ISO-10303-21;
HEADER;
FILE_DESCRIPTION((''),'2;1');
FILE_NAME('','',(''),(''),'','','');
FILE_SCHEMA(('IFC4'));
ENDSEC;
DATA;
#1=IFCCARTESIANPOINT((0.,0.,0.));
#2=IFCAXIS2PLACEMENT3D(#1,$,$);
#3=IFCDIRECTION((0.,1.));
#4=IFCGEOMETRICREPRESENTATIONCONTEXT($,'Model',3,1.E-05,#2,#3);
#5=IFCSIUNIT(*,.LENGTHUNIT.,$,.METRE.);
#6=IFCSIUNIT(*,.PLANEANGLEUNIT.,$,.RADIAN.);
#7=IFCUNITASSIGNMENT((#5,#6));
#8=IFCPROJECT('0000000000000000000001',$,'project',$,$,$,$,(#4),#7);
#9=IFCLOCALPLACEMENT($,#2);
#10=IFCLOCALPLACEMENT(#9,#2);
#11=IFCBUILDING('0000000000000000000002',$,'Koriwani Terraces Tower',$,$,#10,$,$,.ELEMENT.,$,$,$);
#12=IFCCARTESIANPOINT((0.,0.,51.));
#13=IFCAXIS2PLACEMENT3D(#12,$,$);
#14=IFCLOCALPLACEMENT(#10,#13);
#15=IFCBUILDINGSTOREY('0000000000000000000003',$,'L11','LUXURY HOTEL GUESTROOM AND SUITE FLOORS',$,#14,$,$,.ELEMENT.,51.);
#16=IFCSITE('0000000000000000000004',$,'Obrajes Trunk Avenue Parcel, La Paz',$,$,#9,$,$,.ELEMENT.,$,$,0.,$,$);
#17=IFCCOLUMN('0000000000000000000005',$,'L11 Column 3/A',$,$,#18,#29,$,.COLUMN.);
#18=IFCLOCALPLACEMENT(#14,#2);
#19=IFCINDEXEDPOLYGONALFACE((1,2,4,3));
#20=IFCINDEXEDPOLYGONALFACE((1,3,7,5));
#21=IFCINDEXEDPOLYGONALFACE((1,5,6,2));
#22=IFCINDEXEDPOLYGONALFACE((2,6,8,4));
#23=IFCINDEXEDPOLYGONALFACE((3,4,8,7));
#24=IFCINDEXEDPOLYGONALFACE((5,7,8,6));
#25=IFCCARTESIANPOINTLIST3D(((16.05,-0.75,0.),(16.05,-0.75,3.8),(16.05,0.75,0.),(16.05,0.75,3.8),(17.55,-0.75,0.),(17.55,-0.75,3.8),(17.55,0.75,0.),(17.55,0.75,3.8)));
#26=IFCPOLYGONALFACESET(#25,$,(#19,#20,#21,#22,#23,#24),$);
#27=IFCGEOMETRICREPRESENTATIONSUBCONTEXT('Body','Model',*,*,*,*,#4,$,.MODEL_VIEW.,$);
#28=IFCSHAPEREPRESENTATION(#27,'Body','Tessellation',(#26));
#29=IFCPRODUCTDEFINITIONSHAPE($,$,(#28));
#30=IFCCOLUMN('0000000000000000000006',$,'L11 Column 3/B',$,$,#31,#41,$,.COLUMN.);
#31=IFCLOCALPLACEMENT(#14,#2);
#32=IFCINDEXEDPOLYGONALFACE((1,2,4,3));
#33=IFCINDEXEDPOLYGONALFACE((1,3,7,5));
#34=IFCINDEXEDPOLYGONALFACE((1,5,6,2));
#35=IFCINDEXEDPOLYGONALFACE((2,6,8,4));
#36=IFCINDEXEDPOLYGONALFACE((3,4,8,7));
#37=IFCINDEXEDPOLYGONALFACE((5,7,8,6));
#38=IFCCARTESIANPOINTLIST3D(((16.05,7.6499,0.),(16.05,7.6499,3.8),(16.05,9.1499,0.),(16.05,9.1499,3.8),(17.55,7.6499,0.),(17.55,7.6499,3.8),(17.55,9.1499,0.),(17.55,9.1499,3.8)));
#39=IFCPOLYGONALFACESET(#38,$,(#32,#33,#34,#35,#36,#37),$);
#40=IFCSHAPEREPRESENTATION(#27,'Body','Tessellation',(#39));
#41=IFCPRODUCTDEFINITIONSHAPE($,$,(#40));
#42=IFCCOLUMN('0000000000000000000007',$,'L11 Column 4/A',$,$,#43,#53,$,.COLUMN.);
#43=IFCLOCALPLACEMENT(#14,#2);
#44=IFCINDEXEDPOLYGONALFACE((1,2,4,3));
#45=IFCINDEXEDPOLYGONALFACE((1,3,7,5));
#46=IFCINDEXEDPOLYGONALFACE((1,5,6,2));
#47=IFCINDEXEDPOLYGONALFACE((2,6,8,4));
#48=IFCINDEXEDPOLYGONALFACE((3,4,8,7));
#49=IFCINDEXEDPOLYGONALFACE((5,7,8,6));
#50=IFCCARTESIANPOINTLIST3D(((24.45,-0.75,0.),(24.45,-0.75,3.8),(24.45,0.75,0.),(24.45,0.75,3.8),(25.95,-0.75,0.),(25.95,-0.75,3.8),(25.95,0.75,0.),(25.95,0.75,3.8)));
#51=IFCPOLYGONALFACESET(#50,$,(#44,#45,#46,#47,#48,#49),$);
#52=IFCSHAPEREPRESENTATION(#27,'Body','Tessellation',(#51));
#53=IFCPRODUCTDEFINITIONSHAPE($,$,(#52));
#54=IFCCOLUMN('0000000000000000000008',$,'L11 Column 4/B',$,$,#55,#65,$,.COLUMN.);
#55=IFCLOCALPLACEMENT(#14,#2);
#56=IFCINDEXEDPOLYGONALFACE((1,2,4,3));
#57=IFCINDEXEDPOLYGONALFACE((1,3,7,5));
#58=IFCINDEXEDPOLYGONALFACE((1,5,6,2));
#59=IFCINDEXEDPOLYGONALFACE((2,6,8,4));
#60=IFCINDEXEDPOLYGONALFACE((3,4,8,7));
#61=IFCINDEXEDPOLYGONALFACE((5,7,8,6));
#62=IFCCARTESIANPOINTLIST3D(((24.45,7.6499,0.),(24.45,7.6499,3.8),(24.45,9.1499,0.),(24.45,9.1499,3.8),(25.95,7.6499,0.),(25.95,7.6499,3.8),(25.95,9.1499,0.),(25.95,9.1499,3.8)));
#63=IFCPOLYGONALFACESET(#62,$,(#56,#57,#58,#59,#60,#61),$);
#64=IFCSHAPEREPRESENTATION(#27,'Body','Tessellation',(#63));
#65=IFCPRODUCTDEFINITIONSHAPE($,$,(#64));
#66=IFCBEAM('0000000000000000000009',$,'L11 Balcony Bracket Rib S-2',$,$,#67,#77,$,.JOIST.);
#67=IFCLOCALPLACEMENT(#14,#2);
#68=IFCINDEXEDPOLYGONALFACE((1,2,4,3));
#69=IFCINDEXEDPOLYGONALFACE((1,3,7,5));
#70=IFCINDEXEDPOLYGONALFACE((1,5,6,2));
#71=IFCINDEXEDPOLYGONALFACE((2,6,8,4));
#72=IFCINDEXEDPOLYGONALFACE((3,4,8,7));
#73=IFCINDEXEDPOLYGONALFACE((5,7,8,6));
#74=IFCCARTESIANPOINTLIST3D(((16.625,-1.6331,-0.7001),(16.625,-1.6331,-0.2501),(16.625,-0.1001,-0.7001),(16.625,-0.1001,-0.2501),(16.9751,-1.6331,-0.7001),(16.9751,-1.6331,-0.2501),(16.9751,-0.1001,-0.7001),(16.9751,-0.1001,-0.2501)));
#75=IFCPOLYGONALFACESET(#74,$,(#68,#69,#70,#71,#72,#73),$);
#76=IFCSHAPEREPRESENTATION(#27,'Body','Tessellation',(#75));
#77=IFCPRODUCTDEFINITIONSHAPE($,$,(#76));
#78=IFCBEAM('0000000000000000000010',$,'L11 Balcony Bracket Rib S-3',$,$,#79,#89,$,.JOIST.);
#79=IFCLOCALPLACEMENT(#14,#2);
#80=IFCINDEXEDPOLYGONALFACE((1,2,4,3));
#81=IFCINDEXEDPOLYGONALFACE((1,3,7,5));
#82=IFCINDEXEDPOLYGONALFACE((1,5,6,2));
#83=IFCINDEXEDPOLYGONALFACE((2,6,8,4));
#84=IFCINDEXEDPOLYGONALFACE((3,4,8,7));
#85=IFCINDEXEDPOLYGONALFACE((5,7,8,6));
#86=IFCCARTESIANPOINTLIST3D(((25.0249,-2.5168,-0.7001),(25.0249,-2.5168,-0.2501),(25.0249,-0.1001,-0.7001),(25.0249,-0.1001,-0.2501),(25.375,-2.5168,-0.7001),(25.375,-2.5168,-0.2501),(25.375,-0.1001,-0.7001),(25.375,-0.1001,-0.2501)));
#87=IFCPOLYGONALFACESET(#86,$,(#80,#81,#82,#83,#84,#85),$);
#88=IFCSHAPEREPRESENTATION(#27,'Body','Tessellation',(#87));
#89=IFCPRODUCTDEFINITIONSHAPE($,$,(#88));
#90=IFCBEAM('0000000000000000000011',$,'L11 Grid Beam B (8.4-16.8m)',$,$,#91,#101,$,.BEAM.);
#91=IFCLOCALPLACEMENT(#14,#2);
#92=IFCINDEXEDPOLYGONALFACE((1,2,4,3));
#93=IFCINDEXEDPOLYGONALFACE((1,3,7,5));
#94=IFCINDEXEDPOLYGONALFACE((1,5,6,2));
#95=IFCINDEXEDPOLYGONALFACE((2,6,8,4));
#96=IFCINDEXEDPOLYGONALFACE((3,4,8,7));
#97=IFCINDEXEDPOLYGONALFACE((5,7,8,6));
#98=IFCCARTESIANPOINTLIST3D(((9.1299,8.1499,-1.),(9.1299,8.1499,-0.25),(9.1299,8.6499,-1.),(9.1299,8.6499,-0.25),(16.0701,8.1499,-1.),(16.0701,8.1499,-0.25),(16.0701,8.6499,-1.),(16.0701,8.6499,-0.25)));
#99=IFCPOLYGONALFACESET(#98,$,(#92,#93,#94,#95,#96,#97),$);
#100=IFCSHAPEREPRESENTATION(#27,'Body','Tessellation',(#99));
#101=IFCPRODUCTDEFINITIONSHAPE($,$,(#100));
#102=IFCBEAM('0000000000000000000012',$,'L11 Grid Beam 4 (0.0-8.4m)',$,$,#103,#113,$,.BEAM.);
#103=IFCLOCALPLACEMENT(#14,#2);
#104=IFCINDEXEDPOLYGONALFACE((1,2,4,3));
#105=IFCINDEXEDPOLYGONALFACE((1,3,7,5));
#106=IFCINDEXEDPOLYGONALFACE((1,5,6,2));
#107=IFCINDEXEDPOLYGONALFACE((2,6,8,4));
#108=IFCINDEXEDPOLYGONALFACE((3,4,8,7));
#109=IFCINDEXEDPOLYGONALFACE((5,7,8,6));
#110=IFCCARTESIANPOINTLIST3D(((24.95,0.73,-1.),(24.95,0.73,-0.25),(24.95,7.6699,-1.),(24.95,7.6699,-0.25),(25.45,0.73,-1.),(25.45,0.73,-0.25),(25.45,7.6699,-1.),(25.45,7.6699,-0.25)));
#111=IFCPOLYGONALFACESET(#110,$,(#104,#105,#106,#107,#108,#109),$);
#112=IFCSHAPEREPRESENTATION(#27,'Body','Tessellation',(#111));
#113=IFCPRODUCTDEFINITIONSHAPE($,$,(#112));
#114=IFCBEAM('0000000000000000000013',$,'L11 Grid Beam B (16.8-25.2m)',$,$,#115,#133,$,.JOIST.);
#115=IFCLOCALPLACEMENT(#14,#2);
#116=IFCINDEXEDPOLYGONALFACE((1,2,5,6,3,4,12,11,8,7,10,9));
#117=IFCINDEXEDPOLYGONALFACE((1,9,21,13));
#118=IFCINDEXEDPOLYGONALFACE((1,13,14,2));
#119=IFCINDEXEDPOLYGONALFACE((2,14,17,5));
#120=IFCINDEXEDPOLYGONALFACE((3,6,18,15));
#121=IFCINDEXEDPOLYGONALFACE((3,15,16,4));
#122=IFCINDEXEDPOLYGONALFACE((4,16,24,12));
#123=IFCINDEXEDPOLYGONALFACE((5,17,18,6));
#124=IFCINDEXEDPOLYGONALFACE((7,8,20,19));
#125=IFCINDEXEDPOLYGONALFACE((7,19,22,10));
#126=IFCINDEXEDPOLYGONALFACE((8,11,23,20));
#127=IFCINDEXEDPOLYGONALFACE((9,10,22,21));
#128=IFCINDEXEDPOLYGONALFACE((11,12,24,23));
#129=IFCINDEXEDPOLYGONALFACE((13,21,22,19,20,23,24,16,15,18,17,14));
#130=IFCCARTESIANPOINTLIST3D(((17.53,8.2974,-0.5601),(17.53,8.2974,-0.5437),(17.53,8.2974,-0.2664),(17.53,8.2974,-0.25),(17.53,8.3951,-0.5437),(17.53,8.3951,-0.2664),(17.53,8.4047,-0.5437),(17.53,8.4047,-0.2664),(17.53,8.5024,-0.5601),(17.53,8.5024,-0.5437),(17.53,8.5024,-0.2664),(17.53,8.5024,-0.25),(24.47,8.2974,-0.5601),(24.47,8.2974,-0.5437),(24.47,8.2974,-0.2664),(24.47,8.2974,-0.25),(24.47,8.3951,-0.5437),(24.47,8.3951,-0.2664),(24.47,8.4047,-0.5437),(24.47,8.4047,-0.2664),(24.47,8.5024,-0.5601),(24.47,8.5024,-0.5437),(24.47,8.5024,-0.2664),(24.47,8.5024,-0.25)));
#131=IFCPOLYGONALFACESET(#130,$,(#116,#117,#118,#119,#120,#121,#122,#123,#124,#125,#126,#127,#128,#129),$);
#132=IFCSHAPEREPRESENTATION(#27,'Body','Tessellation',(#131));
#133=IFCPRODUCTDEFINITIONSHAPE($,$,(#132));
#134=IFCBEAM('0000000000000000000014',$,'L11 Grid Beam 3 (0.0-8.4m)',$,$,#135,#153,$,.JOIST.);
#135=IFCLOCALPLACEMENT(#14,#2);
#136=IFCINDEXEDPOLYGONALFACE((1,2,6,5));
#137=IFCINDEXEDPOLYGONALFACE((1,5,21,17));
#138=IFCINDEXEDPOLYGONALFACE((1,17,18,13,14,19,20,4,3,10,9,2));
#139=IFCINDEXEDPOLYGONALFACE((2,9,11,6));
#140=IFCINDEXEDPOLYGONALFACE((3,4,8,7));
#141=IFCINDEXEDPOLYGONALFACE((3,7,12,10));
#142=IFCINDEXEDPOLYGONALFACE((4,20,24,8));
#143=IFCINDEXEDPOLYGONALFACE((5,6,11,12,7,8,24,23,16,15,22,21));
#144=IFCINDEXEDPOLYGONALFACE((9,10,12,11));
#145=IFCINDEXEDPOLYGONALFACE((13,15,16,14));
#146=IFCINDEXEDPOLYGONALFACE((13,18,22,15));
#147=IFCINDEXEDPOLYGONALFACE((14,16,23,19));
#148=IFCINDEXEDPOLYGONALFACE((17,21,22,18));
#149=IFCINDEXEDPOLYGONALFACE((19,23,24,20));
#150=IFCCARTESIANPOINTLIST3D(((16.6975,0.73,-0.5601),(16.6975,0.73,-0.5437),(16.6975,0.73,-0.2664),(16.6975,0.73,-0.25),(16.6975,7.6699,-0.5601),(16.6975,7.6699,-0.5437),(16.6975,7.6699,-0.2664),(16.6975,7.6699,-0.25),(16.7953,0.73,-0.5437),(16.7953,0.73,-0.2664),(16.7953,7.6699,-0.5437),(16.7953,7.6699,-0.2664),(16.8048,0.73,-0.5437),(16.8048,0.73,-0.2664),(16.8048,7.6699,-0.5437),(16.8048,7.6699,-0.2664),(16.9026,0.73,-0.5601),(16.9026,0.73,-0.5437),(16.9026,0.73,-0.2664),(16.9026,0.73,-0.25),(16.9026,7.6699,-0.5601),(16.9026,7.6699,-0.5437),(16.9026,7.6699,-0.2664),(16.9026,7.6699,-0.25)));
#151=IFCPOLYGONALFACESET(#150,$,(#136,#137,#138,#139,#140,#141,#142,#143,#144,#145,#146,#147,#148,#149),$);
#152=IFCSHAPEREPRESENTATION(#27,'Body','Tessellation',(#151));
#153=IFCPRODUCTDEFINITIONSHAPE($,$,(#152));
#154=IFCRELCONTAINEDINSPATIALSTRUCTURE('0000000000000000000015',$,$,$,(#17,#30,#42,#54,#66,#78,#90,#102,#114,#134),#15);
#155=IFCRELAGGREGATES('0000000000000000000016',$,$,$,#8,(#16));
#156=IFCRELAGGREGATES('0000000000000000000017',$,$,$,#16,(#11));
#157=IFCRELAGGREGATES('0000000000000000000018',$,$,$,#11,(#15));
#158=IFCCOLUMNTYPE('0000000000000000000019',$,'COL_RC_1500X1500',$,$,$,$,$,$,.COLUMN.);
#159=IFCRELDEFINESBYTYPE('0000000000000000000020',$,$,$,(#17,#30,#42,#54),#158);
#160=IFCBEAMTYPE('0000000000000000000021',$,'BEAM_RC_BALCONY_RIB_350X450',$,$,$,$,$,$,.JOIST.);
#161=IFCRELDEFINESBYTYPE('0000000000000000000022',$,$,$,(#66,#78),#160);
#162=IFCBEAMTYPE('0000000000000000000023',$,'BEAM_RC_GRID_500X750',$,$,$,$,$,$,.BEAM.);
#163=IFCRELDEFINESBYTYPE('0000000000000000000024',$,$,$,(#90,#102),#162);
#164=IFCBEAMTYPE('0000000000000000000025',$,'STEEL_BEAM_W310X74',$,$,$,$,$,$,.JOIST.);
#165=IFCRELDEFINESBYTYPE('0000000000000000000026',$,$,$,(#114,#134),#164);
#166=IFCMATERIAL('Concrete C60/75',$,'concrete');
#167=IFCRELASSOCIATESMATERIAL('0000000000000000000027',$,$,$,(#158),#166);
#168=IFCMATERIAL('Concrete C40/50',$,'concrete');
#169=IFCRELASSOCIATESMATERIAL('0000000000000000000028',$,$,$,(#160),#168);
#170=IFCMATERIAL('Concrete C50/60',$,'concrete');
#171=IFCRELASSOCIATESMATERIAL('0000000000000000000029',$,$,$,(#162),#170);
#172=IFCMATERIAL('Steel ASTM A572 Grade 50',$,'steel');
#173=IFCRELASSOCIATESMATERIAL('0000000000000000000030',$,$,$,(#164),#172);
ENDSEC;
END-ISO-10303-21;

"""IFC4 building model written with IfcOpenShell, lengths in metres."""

from ifc_helpers import new_model, si_unit, direction, frame, origin, origin_2d, place, context, subcontext, project, spatial, rectangle, i_section, extrude, material, material_profile, profile_set, type_object, element, save


model = new_model("IFC4")

# Units and contexts
model_context = context("Model", 3, precision=1e-05, world=origin(), true_north=direction((0.0, 1.0)))
body_context = subcontext(model_context, "Body", "Model", "MODEL_VIEW")
ifc_project = project(units=[si_unit("LENGTHUNIT", "METRE"), si_unit("PLANEANGLEUNIT", "RADIAN")], contexts=[model_context])

# Site, building, storey
site_placement = place(None, origin())
site = spatial("IfcSite", under=ifc_project, at=site_placement, Name="Obrajes Trunk Avenue Parcel, La Paz", CompositionType="ELEMENT", RefElevation=0.0)
building_placement = place(site_placement, origin())
building = spatial("IfcBuilding", under=site, at=building_placement, Name="Koriwani Terraces Tower", CompositionType="ELEMENT")
storey_placement = place(building_placement, frame((0.0, 0.0, 51.0)))
storey = spatial("IfcBuildingStorey", under=building, at=storey_placement, Name="L11", Description="LUXURY HOTEL GUESTROOM AND SUITE FLOORS", CompositionType="ELEMENT", Elevation=51.0)

# Columns
ifc_material_1 = material(Name="Concrete C60/75", Category="concrete")
ifc_material_profile_1 = material_profile(ifc_material_1, rectangle(XDim=1.5, YDim=1.5, at=origin_2d()), Name="Concrete C60/75", Category="LoadBearing")
ifc_profile_set_1 = profile_set([ifc_material_profile_1], Name="Concrete C60/75")
column_type = type_object("IfcColumnType", Name="COL_RC_1500X1500", PredefinedType="COLUMN", material=ifc_profile_set_1)
for number, where, z_axis, x_axis, name in (
    (1, (16.8, 0.0, 0.0), (0.0, 0.0, 1.0), (1.0, 0.0, 0.0), "L11 Column 3/A"),
    (2, (16.8, 8.3999, 0.0), (0.0, 0.0, 1.0), (1.0, 0.0, 0.0), "L11 Column 3/B"),
    (3, (25.2, 0.0, 0.0), (0.0, 0.0, 1.0), (1.0, 0.0, 0.0), "L11 Column 4/A"),
    (4, (25.2, 8.3999, 0.0), (0.0, 0.0, 1.0), (1.0, 0.0, 0.0), "L11 Column 4/B"),
):
    element("IfcColumn", number, at=place(storey_placement, frame(where, z_axis=z_axis, x_axis=x_axis)), inside=storey, type_object=column_type, Name=name, PredefinedType="COLUMN", context=body_context, shape_type="SweptSolid", body=[
        extrude(rectangle(XDim=1.5, YDim=1.5, at=origin_2d()), origin(), (0.0, 0.0, 1.0), 3.8),
    ])

# Beams
ifc_material_2 = material(Name="Concrete C40/50", Category="concrete")
ifc_material_profile_2 = material_profile(ifc_material_2, rectangle(XDim=0.3501, YDim=0.45, at=origin_2d()), Name="Concrete C40/50", Category="LoadBearing")
ifc_profile_set_2 = profile_set([ifc_material_profile_2], Name="Concrete C40/50")
beam_type_1 = type_object("IfcBeamType", Name="BEAM_RC_BALCONY_RIB_350X450", PredefinedType="JOIST", material=ifc_profile_set_2)
beam_1_placement = place(storey_placement, frame((16.8, -1.6331, -0.4751), z_axis=(0.0, 1.0, 0.0), x_axis=(-1.0, 0.0, 0.0)))
element("IfcBeam", 5, at=beam_1_placement, inside=storey, type_object=beam_type_1, Name="L11 Balcony Bracket Rib S-2", PredefinedType="JOIST", context=body_context, shape_type="SweptSolid", body=[
    extrude(rectangle(XDim=0.3501, YDim=0.45, at=origin_2d()), origin(), (0.0, 0.0, 1.0), 1.533),
])
beam_2_placement = place(storey_placement, frame((25.2, -2.5168, -0.4751), z_axis=(0.0, 1.0, 0.0), x_axis=(-1.0, 0.0, 0.0)))
element("IfcBeam", 6, at=beam_2_placement, inside=storey, type_object=beam_type_1, Name="L11 Balcony Bracket Rib S-3", PredefinedType="JOIST", context=body_context, shape_type="SweptSolid", body=[
    extrude(rectangle(XDim=0.3501, YDim=0.45, at=origin_2d()), origin(), (0.0, 0.0, 1.0), 2.4167),
])
ifc_material_3 = material(Name="Concrete C50/60", Category="concrete")
ifc_material_profile_3 = material_profile(ifc_material_3, rectangle(XDim=0.5, YDim=0.75, at=origin_2d()), Name="Concrete C50/60", Category="LoadBearing")
ifc_profile_set_3 = profile_set([ifc_material_profile_3], Name="Concrete C50/60")
beam_type_2 = type_object("IfcBeamType", Name="BEAM_RC_GRID_500X750", PredefinedType="BEAM", material=ifc_profile_set_3)
beam_3_placement = place(storey_placement, frame((9.1299, 8.3999, -0.625), z_axis=(1.0, 0.0, 0.0), x_axis=(0.0, 1.0, 0.0)))
element("IfcBeam", 7, at=beam_3_placement, inside=storey, type_object=beam_type_2, Name="L11 Grid Beam B (8.4-16.8m)", PredefinedType="BEAM", context=body_context, shape_type="SweptSolid", body=[
    extrude(rectangle(XDim=0.5, YDim=0.75, at=origin_2d()), origin(), (0.0, 0.0, 1.0), 6.9402),
])
beam_4_placement = place(storey_placement, frame((25.2, 0.73, -0.625), z_axis=(0.0, 1.0, 0.0), x_axis=(-1.0, 0.0, 0.0)))
element("IfcBeam", 8, at=beam_4_placement, inside=storey, type_object=beam_type_2, Name="L11 Grid Beam 4 (0.0-8.4m)", PredefinedType="BEAM", context=body_context, shape_type="SweptSolid", body=[
    extrude(rectangle(XDim=0.5, YDim=0.75, at=origin_2d()), origin(), (0.0, 0.0, 1.0), 6.9399),
])
ifc_material_4 = material(Name="Steel ASTM A572 Grade 50", Category="steel")
ifc_material_profile_4 = material_profile(ifc_material_4, i_section(OverallWidth=0.2051, OverallDepth=0.3101, WebThickness=0.0095, FlangeThickness=0.0164, at=origin_2d()), Name="Steel ASTM A572 Grade 50", Category="LoadBearing")
ifc_profile_set_4 = profile_set([ifc_material_profile_4], Name="Steel ASTM A572 Grade 50")
beam_type_3 = type_object("IfcBeamType", Name="STEEL_BEAM_W310X74", PredefinedType="JOIST", material=ifc_profile_set_4)
for number, where, z_axis, x_axis, name in (
    (9, (17.53, 8.3999, -0.405), (1.0, 0.0, 0.0), (0.0, 1.0, 0.0), "L11 Grid Beam B (16.8-25.2m)"),
    (10, (16.8, 0.73, -0.405), (0.0, 1.0, 0.0), (-1.0, 0.0, 0.0), "L11 Grid Beam 3 (0.0-8.4m)"),
):
    element("IfcBeam", number, at=place(storey_placement, frame(where, z_axis=z_axis, x_axis=x_axis)), inside=storey, type_object=beam_type_3, Name=name, PredefinedType="JOIST", context=body_context, shape_type="SweptSolid", body=[
        extrude(i_section(OverallWidth=0.2051, OverallDepth=0.3101, WebThickness=0.0095, FlangeThickness=0.0164, at=origin_2d()), origin(), (0.0, 0.0, 1.0), 6.9399),
    ])

save(model, "model.ifc")
